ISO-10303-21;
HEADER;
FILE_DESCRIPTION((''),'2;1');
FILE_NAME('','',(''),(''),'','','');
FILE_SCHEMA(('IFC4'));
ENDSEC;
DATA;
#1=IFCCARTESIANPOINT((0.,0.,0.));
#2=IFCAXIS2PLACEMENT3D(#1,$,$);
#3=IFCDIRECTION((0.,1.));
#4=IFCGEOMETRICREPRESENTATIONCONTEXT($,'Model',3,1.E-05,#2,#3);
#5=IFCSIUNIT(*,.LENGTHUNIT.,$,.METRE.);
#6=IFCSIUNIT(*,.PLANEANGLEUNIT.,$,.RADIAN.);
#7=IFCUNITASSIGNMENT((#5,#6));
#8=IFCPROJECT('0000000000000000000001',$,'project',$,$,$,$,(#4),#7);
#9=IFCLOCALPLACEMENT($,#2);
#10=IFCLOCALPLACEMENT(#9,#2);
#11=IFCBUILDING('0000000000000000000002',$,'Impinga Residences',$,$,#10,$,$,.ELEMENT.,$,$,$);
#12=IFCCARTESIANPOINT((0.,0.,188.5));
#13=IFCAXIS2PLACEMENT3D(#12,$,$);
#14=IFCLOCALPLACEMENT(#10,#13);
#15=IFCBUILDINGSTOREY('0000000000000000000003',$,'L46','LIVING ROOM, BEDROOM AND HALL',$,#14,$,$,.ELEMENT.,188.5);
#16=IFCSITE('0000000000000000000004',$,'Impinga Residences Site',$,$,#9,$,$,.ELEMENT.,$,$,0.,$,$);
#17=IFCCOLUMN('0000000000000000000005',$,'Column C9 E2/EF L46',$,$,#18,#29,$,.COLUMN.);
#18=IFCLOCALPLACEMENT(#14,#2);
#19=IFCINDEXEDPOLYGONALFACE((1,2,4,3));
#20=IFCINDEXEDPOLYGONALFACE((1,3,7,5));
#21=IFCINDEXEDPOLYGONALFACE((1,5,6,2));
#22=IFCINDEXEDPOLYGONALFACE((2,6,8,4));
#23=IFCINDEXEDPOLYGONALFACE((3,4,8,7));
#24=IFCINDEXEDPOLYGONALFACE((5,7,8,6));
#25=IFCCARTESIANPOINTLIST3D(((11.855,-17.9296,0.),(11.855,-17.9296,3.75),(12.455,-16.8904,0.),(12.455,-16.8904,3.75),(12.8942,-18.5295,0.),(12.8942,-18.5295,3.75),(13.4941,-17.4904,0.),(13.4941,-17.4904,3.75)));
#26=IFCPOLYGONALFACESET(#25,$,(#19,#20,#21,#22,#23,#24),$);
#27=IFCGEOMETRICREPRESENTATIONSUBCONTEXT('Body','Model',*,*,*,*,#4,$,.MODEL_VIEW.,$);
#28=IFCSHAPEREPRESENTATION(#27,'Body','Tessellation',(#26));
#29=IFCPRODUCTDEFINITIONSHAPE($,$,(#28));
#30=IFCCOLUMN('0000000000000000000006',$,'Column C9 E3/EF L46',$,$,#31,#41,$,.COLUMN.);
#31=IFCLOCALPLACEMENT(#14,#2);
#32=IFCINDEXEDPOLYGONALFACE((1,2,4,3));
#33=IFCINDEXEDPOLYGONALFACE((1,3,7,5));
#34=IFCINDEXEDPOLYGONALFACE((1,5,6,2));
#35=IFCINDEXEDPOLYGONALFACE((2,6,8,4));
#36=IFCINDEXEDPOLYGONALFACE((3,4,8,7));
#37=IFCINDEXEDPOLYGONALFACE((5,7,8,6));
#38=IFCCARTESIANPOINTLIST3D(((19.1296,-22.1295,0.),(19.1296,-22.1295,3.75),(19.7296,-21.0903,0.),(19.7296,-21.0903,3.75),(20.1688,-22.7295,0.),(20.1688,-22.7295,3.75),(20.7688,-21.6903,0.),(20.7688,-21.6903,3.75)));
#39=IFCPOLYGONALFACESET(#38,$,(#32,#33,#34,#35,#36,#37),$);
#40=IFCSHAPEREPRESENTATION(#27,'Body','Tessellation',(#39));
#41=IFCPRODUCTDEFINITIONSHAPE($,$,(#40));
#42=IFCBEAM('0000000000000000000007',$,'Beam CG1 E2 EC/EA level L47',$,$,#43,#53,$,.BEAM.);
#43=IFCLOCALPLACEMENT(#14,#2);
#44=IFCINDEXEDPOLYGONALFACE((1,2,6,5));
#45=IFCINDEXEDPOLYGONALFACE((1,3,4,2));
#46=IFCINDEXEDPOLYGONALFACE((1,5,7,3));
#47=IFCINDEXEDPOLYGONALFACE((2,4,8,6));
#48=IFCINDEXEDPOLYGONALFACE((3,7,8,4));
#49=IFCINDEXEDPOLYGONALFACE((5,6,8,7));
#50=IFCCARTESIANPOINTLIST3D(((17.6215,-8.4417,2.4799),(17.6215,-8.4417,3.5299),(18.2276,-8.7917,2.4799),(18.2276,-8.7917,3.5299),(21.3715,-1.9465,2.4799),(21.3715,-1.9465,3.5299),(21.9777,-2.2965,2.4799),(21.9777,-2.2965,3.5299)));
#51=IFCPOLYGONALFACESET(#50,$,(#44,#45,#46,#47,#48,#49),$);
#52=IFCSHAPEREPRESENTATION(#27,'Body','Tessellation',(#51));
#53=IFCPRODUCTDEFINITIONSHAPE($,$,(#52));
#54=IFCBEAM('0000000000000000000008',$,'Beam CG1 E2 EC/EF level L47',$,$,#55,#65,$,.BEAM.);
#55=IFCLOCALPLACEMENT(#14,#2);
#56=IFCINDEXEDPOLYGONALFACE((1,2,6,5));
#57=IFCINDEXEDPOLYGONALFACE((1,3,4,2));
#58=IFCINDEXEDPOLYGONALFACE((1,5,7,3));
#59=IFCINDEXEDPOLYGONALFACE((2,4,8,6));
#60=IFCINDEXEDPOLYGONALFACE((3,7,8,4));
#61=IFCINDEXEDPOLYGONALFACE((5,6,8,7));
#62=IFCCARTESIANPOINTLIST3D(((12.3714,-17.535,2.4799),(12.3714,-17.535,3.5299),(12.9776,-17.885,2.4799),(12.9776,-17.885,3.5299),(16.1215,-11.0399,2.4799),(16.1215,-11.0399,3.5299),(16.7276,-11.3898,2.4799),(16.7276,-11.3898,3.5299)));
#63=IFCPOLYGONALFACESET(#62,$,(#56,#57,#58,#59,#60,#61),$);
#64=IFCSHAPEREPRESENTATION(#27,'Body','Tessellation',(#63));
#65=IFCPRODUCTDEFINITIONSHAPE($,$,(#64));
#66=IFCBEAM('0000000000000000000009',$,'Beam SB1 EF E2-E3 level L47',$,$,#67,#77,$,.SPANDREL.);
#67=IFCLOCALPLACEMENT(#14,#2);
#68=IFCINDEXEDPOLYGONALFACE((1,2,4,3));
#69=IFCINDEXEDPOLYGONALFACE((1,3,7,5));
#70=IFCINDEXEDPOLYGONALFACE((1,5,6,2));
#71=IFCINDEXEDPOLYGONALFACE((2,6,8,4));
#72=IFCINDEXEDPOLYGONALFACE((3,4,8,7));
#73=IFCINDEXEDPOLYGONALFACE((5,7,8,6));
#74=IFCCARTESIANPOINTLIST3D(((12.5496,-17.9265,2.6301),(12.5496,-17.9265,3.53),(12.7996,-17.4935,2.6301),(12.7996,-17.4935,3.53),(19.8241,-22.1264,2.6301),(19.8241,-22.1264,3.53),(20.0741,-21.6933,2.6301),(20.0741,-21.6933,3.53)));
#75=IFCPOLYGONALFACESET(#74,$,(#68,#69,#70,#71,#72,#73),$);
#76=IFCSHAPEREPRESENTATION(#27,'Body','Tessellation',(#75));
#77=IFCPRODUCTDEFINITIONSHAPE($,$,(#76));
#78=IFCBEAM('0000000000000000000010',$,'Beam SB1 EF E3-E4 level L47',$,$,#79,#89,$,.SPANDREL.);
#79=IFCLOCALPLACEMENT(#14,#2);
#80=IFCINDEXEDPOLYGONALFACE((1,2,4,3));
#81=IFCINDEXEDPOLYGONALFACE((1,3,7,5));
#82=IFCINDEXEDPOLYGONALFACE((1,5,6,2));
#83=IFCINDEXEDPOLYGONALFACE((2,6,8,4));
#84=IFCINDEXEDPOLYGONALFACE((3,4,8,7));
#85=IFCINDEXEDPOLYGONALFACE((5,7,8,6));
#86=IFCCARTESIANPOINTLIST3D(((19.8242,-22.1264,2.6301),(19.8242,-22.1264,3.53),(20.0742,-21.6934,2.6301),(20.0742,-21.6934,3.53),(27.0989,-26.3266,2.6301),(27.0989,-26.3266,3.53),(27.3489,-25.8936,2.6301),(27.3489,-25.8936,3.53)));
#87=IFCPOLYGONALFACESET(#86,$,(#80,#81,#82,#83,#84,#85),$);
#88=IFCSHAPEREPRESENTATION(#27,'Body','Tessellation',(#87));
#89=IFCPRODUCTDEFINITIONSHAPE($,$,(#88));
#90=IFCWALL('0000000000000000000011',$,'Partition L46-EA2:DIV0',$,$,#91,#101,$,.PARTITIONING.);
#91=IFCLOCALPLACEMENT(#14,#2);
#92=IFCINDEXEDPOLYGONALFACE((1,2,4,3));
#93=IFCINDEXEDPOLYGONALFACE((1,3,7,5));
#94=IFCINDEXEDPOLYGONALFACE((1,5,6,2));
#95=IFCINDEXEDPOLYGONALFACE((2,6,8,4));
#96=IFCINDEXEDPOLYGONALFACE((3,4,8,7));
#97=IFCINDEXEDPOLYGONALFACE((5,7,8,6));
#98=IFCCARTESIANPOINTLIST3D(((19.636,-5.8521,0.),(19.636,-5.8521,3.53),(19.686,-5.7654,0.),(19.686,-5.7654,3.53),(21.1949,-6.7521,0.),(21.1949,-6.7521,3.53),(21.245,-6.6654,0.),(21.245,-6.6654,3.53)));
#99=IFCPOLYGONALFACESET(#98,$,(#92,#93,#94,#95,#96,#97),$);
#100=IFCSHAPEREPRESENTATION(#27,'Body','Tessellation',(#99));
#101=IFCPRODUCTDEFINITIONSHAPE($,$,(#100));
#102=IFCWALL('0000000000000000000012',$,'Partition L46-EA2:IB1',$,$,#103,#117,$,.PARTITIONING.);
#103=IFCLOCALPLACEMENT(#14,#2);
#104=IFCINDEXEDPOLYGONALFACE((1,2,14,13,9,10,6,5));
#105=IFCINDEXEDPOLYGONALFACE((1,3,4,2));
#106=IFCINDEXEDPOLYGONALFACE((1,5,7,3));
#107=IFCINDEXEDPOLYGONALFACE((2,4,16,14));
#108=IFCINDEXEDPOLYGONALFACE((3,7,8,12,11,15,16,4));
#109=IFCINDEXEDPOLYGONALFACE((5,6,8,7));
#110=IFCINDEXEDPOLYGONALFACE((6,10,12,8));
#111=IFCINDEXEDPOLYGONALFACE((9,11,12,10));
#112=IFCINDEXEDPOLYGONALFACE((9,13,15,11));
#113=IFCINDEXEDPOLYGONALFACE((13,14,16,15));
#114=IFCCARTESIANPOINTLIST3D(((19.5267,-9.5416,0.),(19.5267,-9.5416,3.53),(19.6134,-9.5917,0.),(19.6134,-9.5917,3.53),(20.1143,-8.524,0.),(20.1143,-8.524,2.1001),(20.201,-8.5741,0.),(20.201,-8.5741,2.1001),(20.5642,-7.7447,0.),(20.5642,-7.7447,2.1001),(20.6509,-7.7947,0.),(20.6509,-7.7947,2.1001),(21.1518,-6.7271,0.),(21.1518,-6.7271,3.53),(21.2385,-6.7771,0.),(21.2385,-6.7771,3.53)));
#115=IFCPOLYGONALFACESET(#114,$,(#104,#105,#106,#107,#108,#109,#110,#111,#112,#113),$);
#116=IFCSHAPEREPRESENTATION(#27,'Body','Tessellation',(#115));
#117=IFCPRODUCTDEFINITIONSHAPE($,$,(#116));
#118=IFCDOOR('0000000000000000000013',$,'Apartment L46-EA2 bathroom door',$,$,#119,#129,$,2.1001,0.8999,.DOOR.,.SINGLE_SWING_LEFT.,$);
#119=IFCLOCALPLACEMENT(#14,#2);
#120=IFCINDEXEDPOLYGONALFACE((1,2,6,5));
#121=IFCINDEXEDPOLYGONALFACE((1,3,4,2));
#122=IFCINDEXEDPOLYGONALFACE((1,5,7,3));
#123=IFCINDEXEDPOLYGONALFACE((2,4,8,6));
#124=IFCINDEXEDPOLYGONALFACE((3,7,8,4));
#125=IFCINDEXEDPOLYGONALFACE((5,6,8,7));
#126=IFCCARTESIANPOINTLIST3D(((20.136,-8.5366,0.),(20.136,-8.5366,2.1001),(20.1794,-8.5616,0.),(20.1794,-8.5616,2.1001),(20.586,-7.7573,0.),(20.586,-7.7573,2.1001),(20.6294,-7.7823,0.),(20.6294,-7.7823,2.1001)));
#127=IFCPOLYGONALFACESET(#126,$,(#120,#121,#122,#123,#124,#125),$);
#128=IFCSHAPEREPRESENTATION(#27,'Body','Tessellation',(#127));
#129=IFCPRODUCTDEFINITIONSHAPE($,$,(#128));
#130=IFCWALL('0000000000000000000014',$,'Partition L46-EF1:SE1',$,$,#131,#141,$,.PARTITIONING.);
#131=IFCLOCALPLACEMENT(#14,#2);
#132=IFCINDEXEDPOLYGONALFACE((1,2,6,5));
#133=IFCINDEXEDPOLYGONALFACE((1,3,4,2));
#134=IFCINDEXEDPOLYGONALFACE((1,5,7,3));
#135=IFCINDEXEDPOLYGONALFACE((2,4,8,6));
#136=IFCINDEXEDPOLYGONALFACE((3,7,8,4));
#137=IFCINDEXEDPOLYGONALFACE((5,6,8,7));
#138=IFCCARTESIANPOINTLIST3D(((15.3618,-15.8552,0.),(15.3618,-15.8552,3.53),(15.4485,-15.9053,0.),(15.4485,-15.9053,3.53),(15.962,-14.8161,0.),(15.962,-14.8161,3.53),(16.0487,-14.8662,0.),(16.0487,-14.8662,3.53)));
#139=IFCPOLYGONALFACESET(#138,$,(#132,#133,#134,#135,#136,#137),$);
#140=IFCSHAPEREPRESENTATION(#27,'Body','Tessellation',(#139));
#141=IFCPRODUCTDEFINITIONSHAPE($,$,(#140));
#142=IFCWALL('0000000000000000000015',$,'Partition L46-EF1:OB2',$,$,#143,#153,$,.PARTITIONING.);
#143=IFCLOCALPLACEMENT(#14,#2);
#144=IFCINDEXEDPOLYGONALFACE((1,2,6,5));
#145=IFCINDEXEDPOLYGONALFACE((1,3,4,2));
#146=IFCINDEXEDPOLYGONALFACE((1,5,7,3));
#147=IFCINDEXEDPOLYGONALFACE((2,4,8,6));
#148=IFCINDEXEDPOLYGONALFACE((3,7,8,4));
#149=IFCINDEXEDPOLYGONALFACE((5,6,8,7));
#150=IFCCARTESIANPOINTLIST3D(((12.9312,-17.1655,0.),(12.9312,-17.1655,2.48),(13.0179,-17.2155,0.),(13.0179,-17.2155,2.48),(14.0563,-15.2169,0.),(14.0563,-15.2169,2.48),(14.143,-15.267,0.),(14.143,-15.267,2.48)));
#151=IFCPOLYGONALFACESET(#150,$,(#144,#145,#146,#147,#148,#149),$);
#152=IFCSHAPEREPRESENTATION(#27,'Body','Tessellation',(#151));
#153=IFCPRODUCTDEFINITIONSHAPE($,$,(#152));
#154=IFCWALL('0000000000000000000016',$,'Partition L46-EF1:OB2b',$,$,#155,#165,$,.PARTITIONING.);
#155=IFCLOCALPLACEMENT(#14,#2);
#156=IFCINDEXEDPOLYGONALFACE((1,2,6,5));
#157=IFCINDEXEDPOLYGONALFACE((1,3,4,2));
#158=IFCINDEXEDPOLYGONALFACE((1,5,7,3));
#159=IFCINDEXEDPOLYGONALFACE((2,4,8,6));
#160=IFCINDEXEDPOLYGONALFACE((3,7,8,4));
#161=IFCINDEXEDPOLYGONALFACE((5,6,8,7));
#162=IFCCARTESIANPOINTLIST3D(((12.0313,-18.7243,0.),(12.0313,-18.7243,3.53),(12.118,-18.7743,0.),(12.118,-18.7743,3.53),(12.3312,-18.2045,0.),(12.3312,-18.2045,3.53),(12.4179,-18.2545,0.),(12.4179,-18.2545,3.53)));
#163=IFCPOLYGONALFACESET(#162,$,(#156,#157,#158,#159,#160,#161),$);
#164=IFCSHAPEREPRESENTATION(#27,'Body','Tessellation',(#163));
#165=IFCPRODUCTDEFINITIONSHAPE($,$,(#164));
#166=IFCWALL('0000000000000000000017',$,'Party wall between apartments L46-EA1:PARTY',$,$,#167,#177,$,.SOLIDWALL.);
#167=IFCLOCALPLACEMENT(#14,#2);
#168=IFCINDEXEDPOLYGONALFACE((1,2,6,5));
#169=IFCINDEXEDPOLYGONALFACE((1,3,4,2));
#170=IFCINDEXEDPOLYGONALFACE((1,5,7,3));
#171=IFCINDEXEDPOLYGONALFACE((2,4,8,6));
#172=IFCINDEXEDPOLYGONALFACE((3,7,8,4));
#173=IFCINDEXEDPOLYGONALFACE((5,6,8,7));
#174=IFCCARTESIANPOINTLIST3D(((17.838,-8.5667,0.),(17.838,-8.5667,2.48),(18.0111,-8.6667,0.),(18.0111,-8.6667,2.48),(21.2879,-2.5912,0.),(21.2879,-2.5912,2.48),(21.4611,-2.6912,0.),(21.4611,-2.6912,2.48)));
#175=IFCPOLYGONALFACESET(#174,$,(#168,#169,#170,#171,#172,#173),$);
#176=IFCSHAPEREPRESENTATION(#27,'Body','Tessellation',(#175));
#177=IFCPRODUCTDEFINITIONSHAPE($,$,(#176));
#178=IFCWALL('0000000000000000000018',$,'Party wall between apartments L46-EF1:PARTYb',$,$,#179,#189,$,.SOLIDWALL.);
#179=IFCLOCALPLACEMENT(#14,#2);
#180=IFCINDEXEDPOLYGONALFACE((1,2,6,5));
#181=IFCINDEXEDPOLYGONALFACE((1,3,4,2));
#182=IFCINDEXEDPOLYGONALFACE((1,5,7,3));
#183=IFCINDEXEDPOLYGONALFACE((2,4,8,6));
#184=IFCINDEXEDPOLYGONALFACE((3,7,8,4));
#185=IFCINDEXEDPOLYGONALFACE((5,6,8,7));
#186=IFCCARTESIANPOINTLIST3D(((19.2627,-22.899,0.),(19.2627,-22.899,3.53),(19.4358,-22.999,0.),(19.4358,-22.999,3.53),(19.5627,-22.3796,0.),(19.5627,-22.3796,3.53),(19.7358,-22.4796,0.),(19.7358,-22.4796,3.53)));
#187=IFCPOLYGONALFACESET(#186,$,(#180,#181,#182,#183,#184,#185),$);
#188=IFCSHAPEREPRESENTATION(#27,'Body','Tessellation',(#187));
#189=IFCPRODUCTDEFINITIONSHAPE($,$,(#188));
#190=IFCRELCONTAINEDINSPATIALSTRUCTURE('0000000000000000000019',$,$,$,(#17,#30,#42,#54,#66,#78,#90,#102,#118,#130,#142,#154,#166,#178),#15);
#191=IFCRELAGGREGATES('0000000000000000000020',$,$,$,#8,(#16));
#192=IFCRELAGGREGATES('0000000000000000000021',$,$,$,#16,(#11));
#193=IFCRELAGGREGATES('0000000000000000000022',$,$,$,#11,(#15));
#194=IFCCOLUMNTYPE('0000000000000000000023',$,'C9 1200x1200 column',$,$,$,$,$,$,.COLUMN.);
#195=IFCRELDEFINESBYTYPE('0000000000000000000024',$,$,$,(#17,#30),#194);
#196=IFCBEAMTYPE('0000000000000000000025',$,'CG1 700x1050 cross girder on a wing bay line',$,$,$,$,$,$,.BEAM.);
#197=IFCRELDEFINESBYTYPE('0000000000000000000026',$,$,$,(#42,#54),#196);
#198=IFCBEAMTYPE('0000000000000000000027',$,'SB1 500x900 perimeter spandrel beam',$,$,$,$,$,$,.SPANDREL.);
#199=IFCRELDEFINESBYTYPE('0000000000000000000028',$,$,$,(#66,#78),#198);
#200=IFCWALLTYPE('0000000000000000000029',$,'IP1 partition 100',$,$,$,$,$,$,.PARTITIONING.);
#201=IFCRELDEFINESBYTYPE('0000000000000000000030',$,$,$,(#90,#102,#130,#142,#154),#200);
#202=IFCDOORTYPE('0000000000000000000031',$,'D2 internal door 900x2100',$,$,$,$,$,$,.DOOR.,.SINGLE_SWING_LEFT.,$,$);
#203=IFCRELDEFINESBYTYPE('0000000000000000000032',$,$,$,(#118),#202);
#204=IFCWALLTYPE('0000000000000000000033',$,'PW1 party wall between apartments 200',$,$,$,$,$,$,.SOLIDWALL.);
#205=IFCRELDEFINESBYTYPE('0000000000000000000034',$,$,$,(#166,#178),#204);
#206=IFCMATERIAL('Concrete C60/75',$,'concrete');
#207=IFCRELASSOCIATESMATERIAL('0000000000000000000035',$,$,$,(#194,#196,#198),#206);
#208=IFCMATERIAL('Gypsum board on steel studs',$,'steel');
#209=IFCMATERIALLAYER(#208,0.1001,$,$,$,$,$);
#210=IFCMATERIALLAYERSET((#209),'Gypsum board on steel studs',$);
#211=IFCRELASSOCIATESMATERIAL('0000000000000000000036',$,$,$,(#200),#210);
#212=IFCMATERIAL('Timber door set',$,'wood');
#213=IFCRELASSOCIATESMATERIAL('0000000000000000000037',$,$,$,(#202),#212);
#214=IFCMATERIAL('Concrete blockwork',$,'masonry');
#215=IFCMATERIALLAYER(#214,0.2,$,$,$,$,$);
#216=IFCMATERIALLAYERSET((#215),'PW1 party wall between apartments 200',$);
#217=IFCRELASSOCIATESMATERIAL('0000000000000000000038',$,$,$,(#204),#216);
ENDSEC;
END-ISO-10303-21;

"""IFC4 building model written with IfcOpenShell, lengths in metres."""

from ifc_helpers import new_model, si_unit, direction, frame, frame_2d, origin, origin_2d, place, context, subcontext, project, spatial, rectangle, extrude, material, layer, layer_set, material_profile, profile_set, type_object, element, fill, save


model = new_model("IFC4")

# Units and contexts
model_context = context("Model", 3, precision=1e-05, world=origin(), true_north=direction((0.0, 1.0)))
body_context = subcontext(model_context, "Body", "Model", "MODEL_VIEW")
ifc_project = project(units=[si_unit("LENGTHUNIT", "METRE"), si_unit("PLANEANGLEUNIT", "RADIAN")], contexts=[model_context])

# Site, building, storey
site_placement = place(None, origin())
site = spatial("IfcSite", under=ifc_project, at=site_placement, Name="Impinga Residences Site", CompositionType="ELEMENT", RefElevation=0.0)
building_placement = place(site_placement, origin())
building = spatial("IfcBuilding", under=site, at=building_placement, Name="Impinga Residences", CompositionType="ELEMENT")
storey_placement = place(building_placement, frame((0.0, 0.0, 188.5)))
storey = spatial("IfcBuildingStorey", under=building, at=storey_placement, Name="L46", Description="LIVING ROOM, BEDROOM AND HALL", CompositionType="ELEMENT", Elevation=188.5)

# Columns
ifc_material_1 = material(Name="Concrete C60/75", Category="concrete")
ifc_material_profile_1 = material_profile(ifc_material_1, rectangle(XDim=1.2, YDim=1.2, at=origin_2d()), Name="RC 1200x1200")
ifc_profile_set_1 = profile_set([ifc_material_profile_1], Name="Concrete C60/75")
column_type = type_object("IfcColumnType", Name="C9 1200x1200 column", PredefinedType="COLUMN", material=ifc_profile_set_1)
for number, where, z_axis, x_axis, name in (
    (1, (12.6746, -17.71, 0.0), (0.0, 0.0, 1.0), (-0.5, -0.866025, 0.0), "Column C9 E2/EF L46"),
    (2, (19.9492, -21.9099, 0.0), (0.0, 0.0, 1.0), (-0.5, -0.866025, 0.0), "Column C9 E3/EF L46"),
):
    element("IfcColumn", number, at=place(storey_placement, frame(where, z_axis=z_axis, x_axis=x_axis)), inside=storey, type_object=column_type, Name=name, PredefinedType="COLUMN", context=body_context, shape_type="SweptSolid", body=[
        extrude(rectangle(XDim=1.2, YDim=1.2, at=origin_2d()), origin(), (0.0, 0.0, 1.0), 3.75),
    ])

# Beams
ifc_material_profile_2 = material_profile(ifc_material_1, rectangle(XDim=0.7, YDim=1.05, at=origin_2d()), Name="RC 700x1050")
ifc_profile_set_2 = profile_set([ifc_material_profile_2], Name="Concrete C60/75")
beam_type_1 = type_object("IfcBeamType", Name="CG1 700x1050 cross girder on a wing bay line", PredefinedType="BEAM", material=ifc_profile_set_2)
for number, where, z_axis, x_axis, name in (
    (3, (17.9246, -8.6167, 3.0049), (0.500004, 0.866023, 0.0), (-0.866023, 0.500004, 0.0), "Beam CG1 E2 EC/EA level L47"),
    (4, (16.4246, -11.2148, 3.0049), (-0.500004, -0.866023, 0.0), (0.866023, -0.500004, 0.0), "Beam CG1 E2 EC/EF level L47"),
):
    element("IfcBeam", number, at=place(storey_placement, frame(where, z_axis=z_axis, x_axis=x_axis)), inside=storey, type_object=beam_type_1, Name=name, PredefinedType="BEAM", context=body_context, shape_type="SweptSolid", body=[
        extrude(rectangle(XDim=0.7, YDim=1.05, at=origin_2d()), origin(), (0.0, 0.0, 1.0), 7.5),
    ])
ifc_material_profile_3 = material_profile(ifc_material_1, rectangle(XDim=0.5, YDim=0.8999, at=origin_2d()), Name="RC 500x900")
ifc_profile_set_3 = profile_set([ifc_material_profile_3], Name="Concrete C60/75")
beam_type_2 = type_object("IfcBeamType", Name="SB1 500x900 perimeter spandrel beam", PredefinedType="SPANDREL", material=ifc_profile_set_3)
beam_1_placement = place(storey_placement, frame((12.6746, -17.71, 3.0801), z_axis=(0.866029, -0.499993, 0.0), x_axis=(0.499993, 0.866029, 0.0)))
element("IfcBeam", 5, at=beam_1_placement, inside=storey, type_object=beam_type_2, Name="Beam SB1 EF E2-E3 level L47", PredefinedType="SPANDREL", context=body_context, shape_type="SweptSolid", body=[
    extrude(rectangle(XDim=0.5, YDim=0.8999, at=origin_2d()), origin(), (0.0, 0.0, 1.0), 8.3999),
])
beam_2_placement = place(storey_placement, frame((19.9492, -21.9099, 3.0801), z_axis=(0.866017, -0.500015, 0.0), x_axis=(0.500015, 0.866017, 0.0)))
element("IfcBeam", 6, at=beam_2_placement, inside=storey, type_object=beam_type_2, Name="Beam SB1 EF E3-E4 level L47", PredefinedType="SPANDREL", context=body_context, shape_type="SweptSolid", body=[
    extrude(rectangle(XDim=0.5, YDim=0.8999, at=origin_2d()), origin(), (0.0, 0.0, 1.0), 8.4001),
])

# Wall
ifc_material_2 = material(Name="Gypsum board on steel studs", Category="steel")
ifc_layer_1 = layer(ifc_material_2, 0.1001)
ifc_layer_set_1 = layer_set([ifc_layer_1], Name="Gypsum board on steel studs")
wall_type_1 = type_object("IfcWallType", Name="IP1 partition 100", PredefinedType="PARTITIONING", material=ifc_layer_set_1)
wall_1_placement = place(storey_placement, frame((19.6611, -5.8088, 0.0), z_axis=(0.0, 0.0, 1.0), x_axis=(0.866048, -0.499961, 0.0)))
element("IfcWall", 7, at=wall_1_placement, inside=storey, type_object=wall_type_1, Name="Partition L46-EA2:DIV0", PredefinedType="PARTITIONING", context=body_context, shape_type="SweptSolid", body=[
    extrude(rectangle(XDim=1.8, YDim=0.1001, at=frame_2d((0.8999, 0.0))), origin(), (0.0, 0.0, 1.0), 3.53),
])

# Wall, opening, door
wall_2_placement = place(storey_placement, frame((19.5701, -9.5667, 0.0), z_axis=(0.0, 0.0, 1.0), x_axis=(0.500017, 0.866015, 0.0)))
wall_2 = element("IfcWall", 8, at=wall_2_placement, inside=storey, type_object=wall_type_1, Name="Partition L46-EA2:IB1", PredefinedType="PARTITIONING", context=body_context, shape_type="SweptSolid", body=[
    extrude(rectangle(XDim=3.25, YDim=0.1001, at=frame_2d((1.625, 0.0))), origin(), (0.0, 0.0, 1.0), 3.53),
])
opening_placement = place(wall_2_placement, frame((1.175, 0.0, 0.0)))
opening = element("IfcOpeningElement", 9, at=opening_placement, cuts=wall_2, PredefinedType="OPENING", context=body_context, shape_type="SweptSolid", body=[
    extrude(rectangle(XDim=0.8999, YDim=2.1001, at=frame_2d((0.45, 1.05))), frame((0.0, 0.0601, 0.0), z_axis=(0.0, -1.0, 0.0), x_axis=(1.0, 0.0, 0.0)), (0.0, 0.0, 1.0), 0.1201),
])
ifc_material_3 = material(Name="Timber door set", Category="wood")
door_type = type_object("IfcDoorType", Name="D2 internal door 900x2100", OperationType="SINGLE_SWING_LEFT", PredefinedType="DOOR", material=ifc_material_3)
door_placement = place(opening_placement, origin())
door = element("IfcDoor", 10, at=door_placement, inside=storey, type_object=door_type, Name="Apartment L46-EA2 bathroom door", OperationType="SINGLE_SWING_LEFT", OverallHeight=2.1001, OverallWidth=0.8999, PredefinedType="DOOR", context=body_context, shape_type="SweptSolid", body=[
    extrude(rectangle(XDim=0.8999, YDim=2.1001, at=frame_2d((0.45, 1.05))), frame((0.0, 0.0249, 0.0), z_axis=(0.0, -1.0, 0.0), x_axis=(1.0, 0.0, 0.0)), (0.0, 0.0, 1.0), 0.05),
])
fill(opening, door)

# Walls
wall_3_placement = place(storey_placement, frame((16.0054, -14.8411, 0.0), z_axis=(0.0, 0.0, 1.0), x_axis=(-0.500122, -0.865955, 0.0)))
element("IfcWall", 11, at=wall_3_placement, inside=storey, type_object=wall_type_1, Name="Partition L46-EF1:SE1", PredefinedType="PARTITIONING", context=body_context, shape_type="SweptSolid", body=[
    extrude(rectangle(XDim=1.2, YDim=0.1001, at=frame_2d((0.6001, 0.0))), origin(), (0.0, 0.0, 1.0), 3.53),
])
wall_4_placement = place(storey_placement, frame((14.0996, -15.2419, 0.0), z_axis=(0.0, 0.0, 1.0), x_axis=(-0.500014, -0.866018, 0.0)))
element("IfcWall", 12, at=wall_4_placement, inside=storey, type_object=wall_type_1, Name="Partition L46-EF1:OB2", PredefinedType="PARTITIONING", context=body_context, shape_type="SweptSolid", body=[
    extrude(rectangle(XDim=2.25, YDim=0.1001, at=frame_2d((1.125, 0.0))), origin(), (0.0, 0.0, 1.0), 2.48),
])
wall_5_placement = place(storey_placement, frame((12.3745, -18.2295, 0.0), z_axis=(0.0, 0.0, 1.0), x_axis=(-0.49964, -0.866233, 0.0)))
element("IfcWall", 13, at=wall_5_placement, inside=storey, type_object=wall_type_1, Name="Partition L46-EF1:OB2b", PredefinedType="PARTITIONING", context=body_context, shape_type="SweptSolid", body=[
    extrude(rectangle(XDim=0.6001, YDim=0.1001, at=frame_2d((0.3, 0.0))), origin(), (0.0, 0.0, 1.0), 3.53),
])
ifc_material_4 = material(Name="Concrete blockwork", Category="masonry")
ifc_layer_2 = layer(ifc_material_4, 0.2)
ifc_layer_set_2 = layer_set([ifc_layer_2], Name="PW1 party wall between apartments 200")
wall_type_2 = type_object("IfcWallType", Name="PW1 party wall between apartments 200", PredefinedType="SOLIDWALL", material=ifc_layer_set_2)
wall_6_placement = place(storey_placement, frame((17.9246, -8.6167, 0.0), z_axis=(0.0, 0.0, 1.0), x_axis=(0.499994, 0.866029, 0.0)))
element("IfcWall", 14, at=wall_6_placement, inside=storey, type_object=wall_type_2, Name="Party wall between apartments L46-EA1:PARTY", PredefinedType="SOLIDWALL", context=body_context, shape_type="SweptSolid", body=[
    extrude(rectangle(XDim=6.8999, YDim=0.2, at=frame_2d((3.45, 0.0))), origin(), (0.0, 0.0, 1.0), 2.48),
])
wall_7_placement = place(storey_placement, frame((19.6492, -22.4297, 0.0), z_axis=(0.0, 0.0, 1.0), x_axis=(-0.500122, -0.865955, 0.0)))
element("IfcWall", 15, at=wall_7_placement, inside=storey, type_object=wall_type_2, Name="Party wall between apartments L46-EF1:PARTYb", PredefinedType="SOLIDWALL", context=body_context, shape_type="SweptSolid", body=[
    extrude(rectangle(XDim=0.5999, YDim=0.2, at=frame_2d((0.2998, 0.0))), origin(), (0.0, 0.0, 1.0), 3.53),
])

save(model, "model.ifc")
